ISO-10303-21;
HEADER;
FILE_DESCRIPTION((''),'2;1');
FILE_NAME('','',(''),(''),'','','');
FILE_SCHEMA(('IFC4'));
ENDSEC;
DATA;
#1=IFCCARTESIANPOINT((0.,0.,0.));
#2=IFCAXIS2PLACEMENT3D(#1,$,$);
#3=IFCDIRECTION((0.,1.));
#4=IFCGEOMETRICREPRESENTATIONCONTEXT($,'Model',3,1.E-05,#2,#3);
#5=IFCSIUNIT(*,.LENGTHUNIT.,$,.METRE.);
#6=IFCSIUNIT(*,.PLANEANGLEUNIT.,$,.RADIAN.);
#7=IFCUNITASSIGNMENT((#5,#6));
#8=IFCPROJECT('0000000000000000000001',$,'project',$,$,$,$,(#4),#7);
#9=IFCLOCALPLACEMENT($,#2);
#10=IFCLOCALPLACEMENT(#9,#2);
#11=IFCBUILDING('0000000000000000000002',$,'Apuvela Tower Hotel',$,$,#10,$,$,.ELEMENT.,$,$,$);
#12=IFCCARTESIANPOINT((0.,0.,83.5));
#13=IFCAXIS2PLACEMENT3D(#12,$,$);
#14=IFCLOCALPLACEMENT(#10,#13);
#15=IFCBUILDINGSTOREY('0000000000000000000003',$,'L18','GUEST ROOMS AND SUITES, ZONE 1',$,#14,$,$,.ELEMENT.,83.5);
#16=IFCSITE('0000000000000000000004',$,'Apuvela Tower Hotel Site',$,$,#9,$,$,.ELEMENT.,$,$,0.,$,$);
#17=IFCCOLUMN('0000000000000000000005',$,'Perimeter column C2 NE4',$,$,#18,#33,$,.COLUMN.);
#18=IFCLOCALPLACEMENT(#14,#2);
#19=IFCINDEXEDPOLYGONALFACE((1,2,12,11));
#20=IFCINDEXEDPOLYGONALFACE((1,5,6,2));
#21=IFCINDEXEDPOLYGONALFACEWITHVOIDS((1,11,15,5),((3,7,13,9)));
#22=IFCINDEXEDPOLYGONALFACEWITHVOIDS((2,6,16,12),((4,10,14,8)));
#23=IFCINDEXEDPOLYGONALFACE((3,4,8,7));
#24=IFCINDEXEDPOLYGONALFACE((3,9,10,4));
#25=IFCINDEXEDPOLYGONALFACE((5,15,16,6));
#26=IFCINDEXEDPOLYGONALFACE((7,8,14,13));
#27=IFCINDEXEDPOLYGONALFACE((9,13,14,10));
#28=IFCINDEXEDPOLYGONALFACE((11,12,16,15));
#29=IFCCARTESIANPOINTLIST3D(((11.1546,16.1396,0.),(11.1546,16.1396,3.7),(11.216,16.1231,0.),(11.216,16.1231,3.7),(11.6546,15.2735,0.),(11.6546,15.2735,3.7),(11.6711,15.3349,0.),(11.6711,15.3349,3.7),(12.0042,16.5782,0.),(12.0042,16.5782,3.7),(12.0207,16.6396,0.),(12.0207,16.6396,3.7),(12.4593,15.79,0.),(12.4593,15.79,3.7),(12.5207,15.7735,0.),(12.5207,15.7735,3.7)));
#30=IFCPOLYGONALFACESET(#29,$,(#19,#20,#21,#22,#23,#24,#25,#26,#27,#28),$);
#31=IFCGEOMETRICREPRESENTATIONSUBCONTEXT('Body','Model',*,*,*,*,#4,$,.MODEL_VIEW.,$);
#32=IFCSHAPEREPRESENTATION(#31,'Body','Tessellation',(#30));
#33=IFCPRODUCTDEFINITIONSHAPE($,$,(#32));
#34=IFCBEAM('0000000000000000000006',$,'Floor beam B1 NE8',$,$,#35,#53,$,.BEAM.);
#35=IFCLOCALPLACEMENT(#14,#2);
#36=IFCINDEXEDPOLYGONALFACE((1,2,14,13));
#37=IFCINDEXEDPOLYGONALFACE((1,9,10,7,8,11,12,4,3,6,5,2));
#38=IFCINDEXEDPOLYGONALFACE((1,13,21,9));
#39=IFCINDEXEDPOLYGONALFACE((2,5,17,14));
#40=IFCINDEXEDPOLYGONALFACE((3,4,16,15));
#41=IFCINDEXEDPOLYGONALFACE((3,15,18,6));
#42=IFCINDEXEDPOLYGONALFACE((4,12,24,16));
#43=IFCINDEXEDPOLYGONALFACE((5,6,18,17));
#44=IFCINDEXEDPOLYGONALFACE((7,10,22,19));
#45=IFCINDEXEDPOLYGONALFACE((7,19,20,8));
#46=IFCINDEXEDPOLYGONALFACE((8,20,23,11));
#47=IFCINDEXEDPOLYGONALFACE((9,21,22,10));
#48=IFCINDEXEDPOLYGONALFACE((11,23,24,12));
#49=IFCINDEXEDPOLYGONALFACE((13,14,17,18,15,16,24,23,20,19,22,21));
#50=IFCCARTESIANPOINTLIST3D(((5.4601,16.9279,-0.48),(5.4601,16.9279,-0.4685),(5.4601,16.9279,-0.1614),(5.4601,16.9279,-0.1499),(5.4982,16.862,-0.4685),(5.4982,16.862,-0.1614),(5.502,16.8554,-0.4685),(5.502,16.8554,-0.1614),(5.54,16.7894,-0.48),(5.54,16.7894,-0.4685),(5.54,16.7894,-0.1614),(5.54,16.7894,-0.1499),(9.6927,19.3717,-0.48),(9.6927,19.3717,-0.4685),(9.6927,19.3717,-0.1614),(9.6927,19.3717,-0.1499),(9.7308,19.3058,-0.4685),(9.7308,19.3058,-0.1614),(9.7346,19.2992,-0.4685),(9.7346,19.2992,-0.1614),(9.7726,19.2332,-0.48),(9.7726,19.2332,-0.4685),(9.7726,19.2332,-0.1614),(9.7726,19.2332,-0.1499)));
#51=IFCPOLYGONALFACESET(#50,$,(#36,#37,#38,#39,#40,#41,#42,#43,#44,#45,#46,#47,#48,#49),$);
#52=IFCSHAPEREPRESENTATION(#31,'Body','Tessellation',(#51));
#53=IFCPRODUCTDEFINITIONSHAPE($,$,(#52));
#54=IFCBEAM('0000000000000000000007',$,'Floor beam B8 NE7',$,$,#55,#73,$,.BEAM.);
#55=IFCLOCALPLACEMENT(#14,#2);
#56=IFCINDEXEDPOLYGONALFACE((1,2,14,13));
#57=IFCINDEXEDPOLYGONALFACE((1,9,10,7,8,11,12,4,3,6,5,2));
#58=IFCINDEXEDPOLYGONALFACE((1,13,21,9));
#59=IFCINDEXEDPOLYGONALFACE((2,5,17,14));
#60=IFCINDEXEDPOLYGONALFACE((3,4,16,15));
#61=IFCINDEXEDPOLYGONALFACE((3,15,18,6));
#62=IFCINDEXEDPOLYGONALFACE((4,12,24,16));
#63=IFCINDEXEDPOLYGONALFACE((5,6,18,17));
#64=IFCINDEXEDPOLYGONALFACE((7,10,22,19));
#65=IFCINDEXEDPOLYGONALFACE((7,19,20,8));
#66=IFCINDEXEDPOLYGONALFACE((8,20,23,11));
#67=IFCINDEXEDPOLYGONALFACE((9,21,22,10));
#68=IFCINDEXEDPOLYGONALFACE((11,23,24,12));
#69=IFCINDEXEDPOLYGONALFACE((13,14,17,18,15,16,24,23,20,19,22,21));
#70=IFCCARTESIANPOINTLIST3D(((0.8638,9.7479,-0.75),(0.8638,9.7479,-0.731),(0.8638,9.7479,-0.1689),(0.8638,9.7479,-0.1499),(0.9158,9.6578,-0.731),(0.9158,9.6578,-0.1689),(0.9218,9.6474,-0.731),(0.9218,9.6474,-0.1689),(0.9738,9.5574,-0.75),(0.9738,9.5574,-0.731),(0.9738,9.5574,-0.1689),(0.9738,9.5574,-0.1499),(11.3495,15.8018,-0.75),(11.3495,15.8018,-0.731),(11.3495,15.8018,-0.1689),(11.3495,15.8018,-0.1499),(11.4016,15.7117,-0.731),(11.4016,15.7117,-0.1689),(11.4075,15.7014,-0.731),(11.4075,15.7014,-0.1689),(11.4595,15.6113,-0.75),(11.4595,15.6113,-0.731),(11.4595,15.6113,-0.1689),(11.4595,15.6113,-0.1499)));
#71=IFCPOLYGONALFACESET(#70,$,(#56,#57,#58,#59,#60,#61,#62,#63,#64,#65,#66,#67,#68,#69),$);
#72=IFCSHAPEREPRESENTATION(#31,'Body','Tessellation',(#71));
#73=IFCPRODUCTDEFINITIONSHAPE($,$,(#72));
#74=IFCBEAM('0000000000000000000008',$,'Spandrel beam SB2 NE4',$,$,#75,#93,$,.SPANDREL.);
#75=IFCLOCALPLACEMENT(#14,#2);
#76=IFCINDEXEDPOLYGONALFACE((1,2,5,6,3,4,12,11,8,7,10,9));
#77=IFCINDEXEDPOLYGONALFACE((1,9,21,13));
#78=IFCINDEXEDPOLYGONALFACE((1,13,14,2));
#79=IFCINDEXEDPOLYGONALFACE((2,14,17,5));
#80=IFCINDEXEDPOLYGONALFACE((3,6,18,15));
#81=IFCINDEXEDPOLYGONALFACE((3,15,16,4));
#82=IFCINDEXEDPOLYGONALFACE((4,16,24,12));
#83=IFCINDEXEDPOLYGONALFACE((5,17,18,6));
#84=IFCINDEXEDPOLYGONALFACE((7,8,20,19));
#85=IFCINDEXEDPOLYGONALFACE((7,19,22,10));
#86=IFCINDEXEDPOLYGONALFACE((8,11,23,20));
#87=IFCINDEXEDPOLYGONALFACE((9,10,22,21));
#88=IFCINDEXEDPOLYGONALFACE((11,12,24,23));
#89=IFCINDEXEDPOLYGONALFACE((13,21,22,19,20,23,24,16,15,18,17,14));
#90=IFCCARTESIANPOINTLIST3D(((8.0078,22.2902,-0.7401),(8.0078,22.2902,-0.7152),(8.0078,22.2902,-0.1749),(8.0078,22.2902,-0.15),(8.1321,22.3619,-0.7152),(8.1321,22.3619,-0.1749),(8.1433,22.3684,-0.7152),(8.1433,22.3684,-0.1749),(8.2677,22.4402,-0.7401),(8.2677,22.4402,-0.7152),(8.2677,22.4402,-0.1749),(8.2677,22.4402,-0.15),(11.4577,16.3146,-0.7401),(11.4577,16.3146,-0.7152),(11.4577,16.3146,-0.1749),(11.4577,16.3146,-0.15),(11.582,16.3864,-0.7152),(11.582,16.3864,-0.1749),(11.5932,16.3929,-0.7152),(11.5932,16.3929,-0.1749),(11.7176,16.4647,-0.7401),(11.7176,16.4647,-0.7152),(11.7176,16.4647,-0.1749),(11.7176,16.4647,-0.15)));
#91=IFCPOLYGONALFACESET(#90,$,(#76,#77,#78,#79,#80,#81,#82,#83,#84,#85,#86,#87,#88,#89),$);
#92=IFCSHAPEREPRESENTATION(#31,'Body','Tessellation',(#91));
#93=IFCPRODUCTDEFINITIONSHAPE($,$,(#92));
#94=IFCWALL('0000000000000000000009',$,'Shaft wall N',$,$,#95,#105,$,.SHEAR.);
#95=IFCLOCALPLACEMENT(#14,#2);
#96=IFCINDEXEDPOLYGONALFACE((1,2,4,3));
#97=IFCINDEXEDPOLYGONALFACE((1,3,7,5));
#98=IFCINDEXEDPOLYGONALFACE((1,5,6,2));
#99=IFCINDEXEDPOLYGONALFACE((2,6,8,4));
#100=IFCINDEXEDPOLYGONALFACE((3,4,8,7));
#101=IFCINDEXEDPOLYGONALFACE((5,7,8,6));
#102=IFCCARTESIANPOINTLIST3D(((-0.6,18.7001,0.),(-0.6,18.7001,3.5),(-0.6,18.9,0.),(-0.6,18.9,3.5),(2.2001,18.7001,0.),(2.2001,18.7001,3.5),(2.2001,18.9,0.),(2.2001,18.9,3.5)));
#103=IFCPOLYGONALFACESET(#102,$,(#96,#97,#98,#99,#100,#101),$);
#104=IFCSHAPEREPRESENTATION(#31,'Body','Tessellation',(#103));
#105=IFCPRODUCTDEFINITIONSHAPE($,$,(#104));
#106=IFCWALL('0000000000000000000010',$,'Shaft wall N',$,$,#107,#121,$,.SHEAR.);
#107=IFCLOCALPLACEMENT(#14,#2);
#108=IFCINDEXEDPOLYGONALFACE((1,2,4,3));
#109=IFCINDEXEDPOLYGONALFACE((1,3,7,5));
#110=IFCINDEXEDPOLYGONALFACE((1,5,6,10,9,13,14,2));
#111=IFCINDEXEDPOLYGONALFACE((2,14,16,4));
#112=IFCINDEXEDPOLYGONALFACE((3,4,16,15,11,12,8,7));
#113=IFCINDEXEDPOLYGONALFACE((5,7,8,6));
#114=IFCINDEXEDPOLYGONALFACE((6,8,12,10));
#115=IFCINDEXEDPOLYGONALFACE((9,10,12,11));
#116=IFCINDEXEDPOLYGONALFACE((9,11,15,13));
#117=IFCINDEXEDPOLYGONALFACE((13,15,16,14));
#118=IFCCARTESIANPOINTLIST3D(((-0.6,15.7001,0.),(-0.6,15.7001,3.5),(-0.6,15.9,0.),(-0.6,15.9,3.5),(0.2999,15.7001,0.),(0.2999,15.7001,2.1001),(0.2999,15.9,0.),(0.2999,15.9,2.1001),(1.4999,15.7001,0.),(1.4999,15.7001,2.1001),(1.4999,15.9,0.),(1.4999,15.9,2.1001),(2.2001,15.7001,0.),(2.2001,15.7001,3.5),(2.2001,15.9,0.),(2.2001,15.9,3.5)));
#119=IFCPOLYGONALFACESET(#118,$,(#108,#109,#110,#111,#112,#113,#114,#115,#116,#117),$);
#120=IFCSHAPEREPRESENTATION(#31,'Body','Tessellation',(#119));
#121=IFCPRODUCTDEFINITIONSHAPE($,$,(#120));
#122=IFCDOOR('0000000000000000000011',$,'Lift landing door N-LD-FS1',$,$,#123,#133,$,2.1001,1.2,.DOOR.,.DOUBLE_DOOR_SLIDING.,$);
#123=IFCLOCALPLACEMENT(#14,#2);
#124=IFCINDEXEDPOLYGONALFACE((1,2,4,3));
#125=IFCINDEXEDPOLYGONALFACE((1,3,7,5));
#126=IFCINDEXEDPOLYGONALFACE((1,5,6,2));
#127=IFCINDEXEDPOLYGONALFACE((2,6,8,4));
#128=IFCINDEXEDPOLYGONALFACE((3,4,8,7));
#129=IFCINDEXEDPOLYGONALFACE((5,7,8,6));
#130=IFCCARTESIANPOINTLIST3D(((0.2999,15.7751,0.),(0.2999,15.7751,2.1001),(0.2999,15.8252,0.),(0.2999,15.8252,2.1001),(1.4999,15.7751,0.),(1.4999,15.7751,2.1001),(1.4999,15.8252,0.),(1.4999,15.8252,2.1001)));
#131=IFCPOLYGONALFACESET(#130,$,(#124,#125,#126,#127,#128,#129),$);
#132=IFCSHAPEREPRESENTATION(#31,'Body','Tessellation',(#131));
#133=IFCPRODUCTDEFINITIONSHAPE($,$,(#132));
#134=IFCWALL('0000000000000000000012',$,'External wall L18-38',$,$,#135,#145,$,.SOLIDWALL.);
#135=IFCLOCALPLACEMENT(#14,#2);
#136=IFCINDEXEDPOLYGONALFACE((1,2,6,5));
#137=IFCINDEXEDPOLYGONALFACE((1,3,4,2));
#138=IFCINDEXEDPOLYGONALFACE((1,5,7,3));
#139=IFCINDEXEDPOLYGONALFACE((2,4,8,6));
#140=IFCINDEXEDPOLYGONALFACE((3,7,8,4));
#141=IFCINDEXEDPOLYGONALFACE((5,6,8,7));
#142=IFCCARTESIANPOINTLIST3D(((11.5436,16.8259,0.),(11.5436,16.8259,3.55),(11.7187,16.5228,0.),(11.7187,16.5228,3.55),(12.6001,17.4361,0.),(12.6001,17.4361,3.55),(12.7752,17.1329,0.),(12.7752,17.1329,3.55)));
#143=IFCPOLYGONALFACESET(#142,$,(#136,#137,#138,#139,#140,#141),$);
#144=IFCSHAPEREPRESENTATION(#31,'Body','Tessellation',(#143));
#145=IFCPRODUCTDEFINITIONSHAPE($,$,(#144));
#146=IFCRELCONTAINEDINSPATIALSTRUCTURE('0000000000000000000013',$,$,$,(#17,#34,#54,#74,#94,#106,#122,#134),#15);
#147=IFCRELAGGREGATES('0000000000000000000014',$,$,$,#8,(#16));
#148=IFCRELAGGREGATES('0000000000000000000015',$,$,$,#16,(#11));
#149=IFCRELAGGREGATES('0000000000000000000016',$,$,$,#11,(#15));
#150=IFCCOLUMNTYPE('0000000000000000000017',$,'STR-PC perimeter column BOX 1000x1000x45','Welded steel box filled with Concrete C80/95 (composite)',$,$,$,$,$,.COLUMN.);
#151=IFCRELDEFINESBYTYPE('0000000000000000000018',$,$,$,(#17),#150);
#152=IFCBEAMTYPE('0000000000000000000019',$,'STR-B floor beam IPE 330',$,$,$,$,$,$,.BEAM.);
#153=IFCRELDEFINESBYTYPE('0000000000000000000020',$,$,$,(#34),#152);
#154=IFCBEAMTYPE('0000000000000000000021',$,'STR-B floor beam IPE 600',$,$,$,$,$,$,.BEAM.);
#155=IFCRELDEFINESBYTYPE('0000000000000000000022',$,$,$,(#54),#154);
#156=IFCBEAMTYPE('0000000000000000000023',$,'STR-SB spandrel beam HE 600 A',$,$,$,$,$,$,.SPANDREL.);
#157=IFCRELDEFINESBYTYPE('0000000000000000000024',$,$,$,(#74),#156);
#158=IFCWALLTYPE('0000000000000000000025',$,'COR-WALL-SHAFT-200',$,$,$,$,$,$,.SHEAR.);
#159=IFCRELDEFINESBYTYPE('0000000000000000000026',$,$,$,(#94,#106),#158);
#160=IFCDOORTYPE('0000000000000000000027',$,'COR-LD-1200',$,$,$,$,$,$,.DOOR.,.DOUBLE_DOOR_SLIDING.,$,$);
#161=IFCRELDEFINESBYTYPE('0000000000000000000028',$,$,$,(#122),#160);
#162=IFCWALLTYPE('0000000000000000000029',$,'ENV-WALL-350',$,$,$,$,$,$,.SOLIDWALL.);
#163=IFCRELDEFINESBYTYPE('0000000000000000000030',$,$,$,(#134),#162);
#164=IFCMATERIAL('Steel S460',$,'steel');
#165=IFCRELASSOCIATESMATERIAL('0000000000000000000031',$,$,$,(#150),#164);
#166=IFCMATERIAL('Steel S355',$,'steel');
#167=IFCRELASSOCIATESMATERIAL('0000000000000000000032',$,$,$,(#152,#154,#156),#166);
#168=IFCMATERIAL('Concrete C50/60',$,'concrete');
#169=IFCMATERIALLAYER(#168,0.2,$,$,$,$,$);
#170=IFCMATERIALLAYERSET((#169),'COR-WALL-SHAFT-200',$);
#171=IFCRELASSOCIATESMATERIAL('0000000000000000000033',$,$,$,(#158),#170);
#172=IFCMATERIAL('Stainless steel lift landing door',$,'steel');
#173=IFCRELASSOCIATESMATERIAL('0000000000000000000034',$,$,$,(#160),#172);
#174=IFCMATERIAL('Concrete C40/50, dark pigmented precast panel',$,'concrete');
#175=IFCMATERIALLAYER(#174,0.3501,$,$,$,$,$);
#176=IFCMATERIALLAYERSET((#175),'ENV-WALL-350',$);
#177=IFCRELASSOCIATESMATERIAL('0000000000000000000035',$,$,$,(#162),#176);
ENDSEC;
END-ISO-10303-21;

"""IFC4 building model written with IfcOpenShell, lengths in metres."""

from ifc_helpers import new_model, si_unit, direction, frame, frame_2d, origin, origin_2d, place, context, subcontext, project, spatial, rectangle, hollow_rectangle, i_section, extrude, material, layer, layer_set, material_profile, profile_set, type_object, element, fill, save


model = new_model("IFC4")

# Units and contexts
model_context = context("Model", 3, precision=1e-05, world=origin(), true_north=direction((0.0, 1.0)))
body_context = subcontext(model_context, "Body", "Model", "MODEL_VIEW")
ifc_project = project(units=[si_unit("LENGTHUNIT", "METRE"), si_unit("PLANEANGLEUNIT", "RADIAN")], contexts=[model_context])

# Site, building, storey
site_placement = place(None, origin())
site = spatial("IfcSite", under=ifc_project, at=site_placement, Name="Apuvela Tower Hotel Site", CompositionType="ELEMENT", RefElevation=0.0)
building_placement = place(site_placement, origin())
building = spatial("IfcBuilding", under=site, at=building_placement, Name="Apuvela Tower Hotel", CompositionType="ELEMENT")
storey_placement = place(building_placement, frame((0.0, 0.0, 83.5)))
storey = spatial("IfcBuildingStorey", under=building, at=storey_placement, Name="L18", Description="GUEST ROOMS AND SUITES, ZONE 1", CompositionType="ELEMENT", Elevation=83.5)

# Column
ifc_material_1 = material(Name="Steel S460", Category="steel")
ifc_material_profile_1 = material_profile(ifc_material_1, hollow_rectangle(XDim=1.0, YDim=1.0, WallThickness=0.0449, at=origin_2d()), Name="BOX 1000x1000x45")
ifc_material_2 = material(Name="Concrete C80/95", Category="concrete")
ifc_material_profile_2 = material_profile(ifc_material_2, rectangle(XDim=0.9099, YDim=0.9099, at=origin_2d()), Name="Concrete C80/95 infill")
ifc_profile_set_1 = profile_set([ifc_material_profile_1, ifc_material_profile_2], Name="Steel S460")
column_type = type_object("IfcColumnType", Name="STR-PC perimeter column BOX 1000x1000x45", Description="Welded steel box filled with Concrete C80/95 (composite)", PredefinedType="COLUMN", material=ifc_profile_set_1)
column_placement = place(storey_placement, frame((11.8376, 15.9565, 0.0), z_axis=(0.0, 0.0, 1.0), x_axis=(-0.5, 0.866025, 0.0)))
element("IfcColumn", 1, at=column_placement, inside=storey, type_object=column_type, Name="Perimeter column C2 NE4", PredefinedType="COLUMN", context=body_context, shape_type="SweptSolid", body=[
    extrude(hollow_rectangle(XDim=1.0, YDim=1.0, WallThickness=0.0449, at=origin_2d()), origin(), (0.0, 0.0, 1.0), 3.7),
])

# Beams
ifc_material_3 = material(Name="Steel S355", Category="steel")
ifc_material_profile_3 = material_profile(ifc_material_3, i_section(OverallWidth=0.1599, OverallDepth=0.3301, WebThickness=0.0076, FlangeThickness=0.0115, at=origin_2d()), Name="IPE 330")
ifc_profile_set_2 = profile_set([ifc_material_profile_3], Name="Steel S355")
beam_type_1 = type_object("IfcBeamType", Name="STR-B floor beam IPE 330", PredefinedType="BEAM", material=ifc_profile_set_2)
beam_1_placement = place(storey_placement, frame((9.7327, 19.3025, -0.3149), z_axis=(-0.866015, -0.500018, 0.0), x_axis=(0.500018, -0.866015, 0.0)))
element("IfcBeam", 2, at=beam_1_placement, inside=storey, type_object=beam_type_1, Name="Floor beam B1 NE8", PredefinedType="BEAM", context=body_context, shape_type="SweptSolid", body=[
    extrude(i_section(OverallWidth=0.1599, OverallDepth=0.3301, WebThickness=0.0076, FlangeThickness=0.0115, at=origin_2d()), origin(), (0.0, 0.0, 1.0), 4.8875),
])
ifc_material_profile_4 = material_profile(ifc_material_3, i_section(OverallWidth=0.22, OverallDepth=0.6001, WebThickness=0.012, FlangeThickness=0.019, at=origin_2d()), Name="IPE 600")
ifc_profile_set_3 = profile_set([ifc_material_profile_4], Name="Steel S355")
beam_type_2 = type_object("IfcBeamType", Name="STR-B floor beam IPE 600", PredefinedType="BEAM", material=ifc_profile_set_3)
beam_2_placement = place(storey_placement, frame((11.4045, 15.7065, -0.45), z_axis=(-0.866027, -0.499997, 0.0), x_axis=(0.499997, -0.866027, 0.0)))
element("IfcBeam", 3, at=beam_2_placement, inside=storey, type_object=beam_type_2, Name="Floor beam B8 NE7", PredefinedType="BEAM", context=body_context, shape_type="SweptSolid", body=[
    extrude(i_section(OverallWidth=0.22, OverallDepth=0.6001, WebThickness=0.012, FlangeThickness=0.019, at=origin_2d()), origin(), (0.0, 0.0, 1.0), 12.1079),
])
ifc_material_profile_5 = material_profile(ifc_material_3, i_section(OverallWidth=0.3, OverallDepth=0.5901, WebThickness=0.0129, FlangeThickness=0.0249, at=origin_2d()), Name="HE 600 A")
ifc_profile_set_4 = profile_set([ifc_material_profile_5], Name="Steel S355")
beam_type_3 = type_object("IfcBeamType", Name="STR-SB spandrel beam HE 600 A", PredefinedType="SPANDREL", material=ifc_profile_set_4)
beam_3_placement = place(storey_placement, frame((11.5876, 16.3896, -0.4451), z_axis=(-0.499994, 0.866029, 0.0), x_axis=(-0.866029, -0.499994, 0.0)))
element("IfcBeam", 4, at=beam_3_placement, inside=storey, type_object=beam_type_3, Name="Spandrel beam SB2 NE4", PredefinedType="SPANDREL", context=body_context, shape_type="SweptSolid", body=[
    extrude(i_section(OverallWidth=0.3, OverallDepth=0.5901, WebThickness=0.0129, FlangeThickness=0.0249, at=origin_2d()), origin(), (0.0, 0.0, 1.0), 6.8999),
])

# Wall
ifc_material_4 = material(Name="Concrete C50/60", Category="concrete")
ifc_layer_1 = layer(ifc_material_4, 0.2)
ifc_layer_set_1 = layer_set([ifc_layer_1], Name="COR-WALL-SHAFT-200")
wall_type_1 = type_object("IfcWallType", Name="COR-WALL-SHAFT-200", PredefinedType="SHEAR", material=ifc_layer_set_1)
wall_1_placement = place(storey_placement, frame((2.2, 18.8, 0.0), z_axis=(0.0, 0.0, 1.0), x_axis=(-1.0, 0.0, 0.0)))
element("IfcWall", 5, at=wall_1_placement, inside=storey, type_object=wall_type_1, Name="Shaft wall N", PredefinedType="SHEAR", context=body_context, shape_type="SweptSolid", body=[
    extrude(rectangle(XDim=2.8, YDim=0.2, at=frame_2d((1.3999, 0.0))), origin(), (0.0, 0.0, 1.0), 3.5),
])

# Wall, opening, door
wall_2_placement = place(storey_placement, frame((2.2, 15.8, 0.0), z_axis=(0.0, 0.0, 1.0), x_axis=(-1.0, 0.0, 0.0)))
wall_2 = element("IfcWall", 6, at=wall_2_placement, inside=storey, type_object=wall_type_1, Name="Shaft wall N", PredefinedType="SHEAR", context=body_context, shape_type="SweptSolid", body=[
    extrude(rectangle(XDim=2.8, YDim=0.2, at=frame_2d((1.3999, 0.0))), origin(), (0.0, 0.0, 1.0), 3.5),
])
opening_1_placement = place(wall_2_placement, frame((0.7, 0.0, 0.0)))
opening_1 = element("IfcOpeningElement", 7, at=opening_1_placement, cuts=wall_2, PredefinedType="OPENING", context=body_context, shape_type="SweptSolid", body=[
    extrude(rectangle(XDim=1.2, YDim=2.1001, at=frame_2d((0.6001, 1.05))), frame((0.0, 0.1099, 0.0), z_axis=(0.0, -1.0, 0.0), x_axis=(1.0, 0.0, 0.0)), (0.0, 0.0, 1.0), 0.22),
])
ifc_material_5 = material(Name="Stainless steel lift landing door", Category="steel")
door_type_1 = type_object("IfcDoorType", Name="COR-LD-1200", OperationType="DOUBLE_DOOR_SLIDING", PredefinedType="DOOR", material=ifc_material_5)
door_1_placement = place(opening_1_placement, origin())
door_1 = element("IfcDoor", 8, at=door_1_placement, inside=storey, type_object=door_type_1, Name="Lift landing door N-LD-FS1", OperationType="DOUBLE_DOOR_SLIDING", OverallHeight=2.1001, OverallWidth=1.2, PredefinedType="DOOR", context=body_context, shape_type="SweptSolid", body=[
    extrude(rectangle(XDim=1.2, YDim=2.1001, at=frame_2d((0.6001, 1.05))), frame((0.0, 0.0249, 0.0), z_axis=(0.0, -1.0, 0.0), x_axis=(1.0, 0.0, 0.0)), (0.0, 0.0, 1.0), 0.05),
])
fill(opening_1, door_1)

# Wall
ifc_material_6 = material(Name="Concrete C40/50, dark pigmented precast panel", Category="concrete")
ifc_layer_2 = layer(ifc_material_6, 0.3501)
ifc_layer_set_2 = layer_set([ifc_layer_2], Name="ENV-WALL-350")
wall_type_2 = type_object("IfcWallType", Name="ENV-WALL-350", PredefinedType="SOLIDWALL", material=ifc_layer_set_2)
wall_3_placement = place(storey_placement, frame((12.6875, 17.2844, 0.0), z_axis=(0.0, 0.0, 1.0), x_axis=(-0.865956, -0.500121, 0.0)))
element("IfcWall", 9, at=wall_3_placement, inside=storey, type_object=wall_type_2, Name="External wall L18-38", PredefinedType="SOLIDWALL", context=body_context, shape_type="SweptSolid", body=[
    extrude(rectangle(XDim=1.22, YDim=0.3501, at=frame_2d((0.6099, 0.0))), origin(), (0.0, 0.0, 1.0), 3.55),
])

save(model, "model.ifc")
